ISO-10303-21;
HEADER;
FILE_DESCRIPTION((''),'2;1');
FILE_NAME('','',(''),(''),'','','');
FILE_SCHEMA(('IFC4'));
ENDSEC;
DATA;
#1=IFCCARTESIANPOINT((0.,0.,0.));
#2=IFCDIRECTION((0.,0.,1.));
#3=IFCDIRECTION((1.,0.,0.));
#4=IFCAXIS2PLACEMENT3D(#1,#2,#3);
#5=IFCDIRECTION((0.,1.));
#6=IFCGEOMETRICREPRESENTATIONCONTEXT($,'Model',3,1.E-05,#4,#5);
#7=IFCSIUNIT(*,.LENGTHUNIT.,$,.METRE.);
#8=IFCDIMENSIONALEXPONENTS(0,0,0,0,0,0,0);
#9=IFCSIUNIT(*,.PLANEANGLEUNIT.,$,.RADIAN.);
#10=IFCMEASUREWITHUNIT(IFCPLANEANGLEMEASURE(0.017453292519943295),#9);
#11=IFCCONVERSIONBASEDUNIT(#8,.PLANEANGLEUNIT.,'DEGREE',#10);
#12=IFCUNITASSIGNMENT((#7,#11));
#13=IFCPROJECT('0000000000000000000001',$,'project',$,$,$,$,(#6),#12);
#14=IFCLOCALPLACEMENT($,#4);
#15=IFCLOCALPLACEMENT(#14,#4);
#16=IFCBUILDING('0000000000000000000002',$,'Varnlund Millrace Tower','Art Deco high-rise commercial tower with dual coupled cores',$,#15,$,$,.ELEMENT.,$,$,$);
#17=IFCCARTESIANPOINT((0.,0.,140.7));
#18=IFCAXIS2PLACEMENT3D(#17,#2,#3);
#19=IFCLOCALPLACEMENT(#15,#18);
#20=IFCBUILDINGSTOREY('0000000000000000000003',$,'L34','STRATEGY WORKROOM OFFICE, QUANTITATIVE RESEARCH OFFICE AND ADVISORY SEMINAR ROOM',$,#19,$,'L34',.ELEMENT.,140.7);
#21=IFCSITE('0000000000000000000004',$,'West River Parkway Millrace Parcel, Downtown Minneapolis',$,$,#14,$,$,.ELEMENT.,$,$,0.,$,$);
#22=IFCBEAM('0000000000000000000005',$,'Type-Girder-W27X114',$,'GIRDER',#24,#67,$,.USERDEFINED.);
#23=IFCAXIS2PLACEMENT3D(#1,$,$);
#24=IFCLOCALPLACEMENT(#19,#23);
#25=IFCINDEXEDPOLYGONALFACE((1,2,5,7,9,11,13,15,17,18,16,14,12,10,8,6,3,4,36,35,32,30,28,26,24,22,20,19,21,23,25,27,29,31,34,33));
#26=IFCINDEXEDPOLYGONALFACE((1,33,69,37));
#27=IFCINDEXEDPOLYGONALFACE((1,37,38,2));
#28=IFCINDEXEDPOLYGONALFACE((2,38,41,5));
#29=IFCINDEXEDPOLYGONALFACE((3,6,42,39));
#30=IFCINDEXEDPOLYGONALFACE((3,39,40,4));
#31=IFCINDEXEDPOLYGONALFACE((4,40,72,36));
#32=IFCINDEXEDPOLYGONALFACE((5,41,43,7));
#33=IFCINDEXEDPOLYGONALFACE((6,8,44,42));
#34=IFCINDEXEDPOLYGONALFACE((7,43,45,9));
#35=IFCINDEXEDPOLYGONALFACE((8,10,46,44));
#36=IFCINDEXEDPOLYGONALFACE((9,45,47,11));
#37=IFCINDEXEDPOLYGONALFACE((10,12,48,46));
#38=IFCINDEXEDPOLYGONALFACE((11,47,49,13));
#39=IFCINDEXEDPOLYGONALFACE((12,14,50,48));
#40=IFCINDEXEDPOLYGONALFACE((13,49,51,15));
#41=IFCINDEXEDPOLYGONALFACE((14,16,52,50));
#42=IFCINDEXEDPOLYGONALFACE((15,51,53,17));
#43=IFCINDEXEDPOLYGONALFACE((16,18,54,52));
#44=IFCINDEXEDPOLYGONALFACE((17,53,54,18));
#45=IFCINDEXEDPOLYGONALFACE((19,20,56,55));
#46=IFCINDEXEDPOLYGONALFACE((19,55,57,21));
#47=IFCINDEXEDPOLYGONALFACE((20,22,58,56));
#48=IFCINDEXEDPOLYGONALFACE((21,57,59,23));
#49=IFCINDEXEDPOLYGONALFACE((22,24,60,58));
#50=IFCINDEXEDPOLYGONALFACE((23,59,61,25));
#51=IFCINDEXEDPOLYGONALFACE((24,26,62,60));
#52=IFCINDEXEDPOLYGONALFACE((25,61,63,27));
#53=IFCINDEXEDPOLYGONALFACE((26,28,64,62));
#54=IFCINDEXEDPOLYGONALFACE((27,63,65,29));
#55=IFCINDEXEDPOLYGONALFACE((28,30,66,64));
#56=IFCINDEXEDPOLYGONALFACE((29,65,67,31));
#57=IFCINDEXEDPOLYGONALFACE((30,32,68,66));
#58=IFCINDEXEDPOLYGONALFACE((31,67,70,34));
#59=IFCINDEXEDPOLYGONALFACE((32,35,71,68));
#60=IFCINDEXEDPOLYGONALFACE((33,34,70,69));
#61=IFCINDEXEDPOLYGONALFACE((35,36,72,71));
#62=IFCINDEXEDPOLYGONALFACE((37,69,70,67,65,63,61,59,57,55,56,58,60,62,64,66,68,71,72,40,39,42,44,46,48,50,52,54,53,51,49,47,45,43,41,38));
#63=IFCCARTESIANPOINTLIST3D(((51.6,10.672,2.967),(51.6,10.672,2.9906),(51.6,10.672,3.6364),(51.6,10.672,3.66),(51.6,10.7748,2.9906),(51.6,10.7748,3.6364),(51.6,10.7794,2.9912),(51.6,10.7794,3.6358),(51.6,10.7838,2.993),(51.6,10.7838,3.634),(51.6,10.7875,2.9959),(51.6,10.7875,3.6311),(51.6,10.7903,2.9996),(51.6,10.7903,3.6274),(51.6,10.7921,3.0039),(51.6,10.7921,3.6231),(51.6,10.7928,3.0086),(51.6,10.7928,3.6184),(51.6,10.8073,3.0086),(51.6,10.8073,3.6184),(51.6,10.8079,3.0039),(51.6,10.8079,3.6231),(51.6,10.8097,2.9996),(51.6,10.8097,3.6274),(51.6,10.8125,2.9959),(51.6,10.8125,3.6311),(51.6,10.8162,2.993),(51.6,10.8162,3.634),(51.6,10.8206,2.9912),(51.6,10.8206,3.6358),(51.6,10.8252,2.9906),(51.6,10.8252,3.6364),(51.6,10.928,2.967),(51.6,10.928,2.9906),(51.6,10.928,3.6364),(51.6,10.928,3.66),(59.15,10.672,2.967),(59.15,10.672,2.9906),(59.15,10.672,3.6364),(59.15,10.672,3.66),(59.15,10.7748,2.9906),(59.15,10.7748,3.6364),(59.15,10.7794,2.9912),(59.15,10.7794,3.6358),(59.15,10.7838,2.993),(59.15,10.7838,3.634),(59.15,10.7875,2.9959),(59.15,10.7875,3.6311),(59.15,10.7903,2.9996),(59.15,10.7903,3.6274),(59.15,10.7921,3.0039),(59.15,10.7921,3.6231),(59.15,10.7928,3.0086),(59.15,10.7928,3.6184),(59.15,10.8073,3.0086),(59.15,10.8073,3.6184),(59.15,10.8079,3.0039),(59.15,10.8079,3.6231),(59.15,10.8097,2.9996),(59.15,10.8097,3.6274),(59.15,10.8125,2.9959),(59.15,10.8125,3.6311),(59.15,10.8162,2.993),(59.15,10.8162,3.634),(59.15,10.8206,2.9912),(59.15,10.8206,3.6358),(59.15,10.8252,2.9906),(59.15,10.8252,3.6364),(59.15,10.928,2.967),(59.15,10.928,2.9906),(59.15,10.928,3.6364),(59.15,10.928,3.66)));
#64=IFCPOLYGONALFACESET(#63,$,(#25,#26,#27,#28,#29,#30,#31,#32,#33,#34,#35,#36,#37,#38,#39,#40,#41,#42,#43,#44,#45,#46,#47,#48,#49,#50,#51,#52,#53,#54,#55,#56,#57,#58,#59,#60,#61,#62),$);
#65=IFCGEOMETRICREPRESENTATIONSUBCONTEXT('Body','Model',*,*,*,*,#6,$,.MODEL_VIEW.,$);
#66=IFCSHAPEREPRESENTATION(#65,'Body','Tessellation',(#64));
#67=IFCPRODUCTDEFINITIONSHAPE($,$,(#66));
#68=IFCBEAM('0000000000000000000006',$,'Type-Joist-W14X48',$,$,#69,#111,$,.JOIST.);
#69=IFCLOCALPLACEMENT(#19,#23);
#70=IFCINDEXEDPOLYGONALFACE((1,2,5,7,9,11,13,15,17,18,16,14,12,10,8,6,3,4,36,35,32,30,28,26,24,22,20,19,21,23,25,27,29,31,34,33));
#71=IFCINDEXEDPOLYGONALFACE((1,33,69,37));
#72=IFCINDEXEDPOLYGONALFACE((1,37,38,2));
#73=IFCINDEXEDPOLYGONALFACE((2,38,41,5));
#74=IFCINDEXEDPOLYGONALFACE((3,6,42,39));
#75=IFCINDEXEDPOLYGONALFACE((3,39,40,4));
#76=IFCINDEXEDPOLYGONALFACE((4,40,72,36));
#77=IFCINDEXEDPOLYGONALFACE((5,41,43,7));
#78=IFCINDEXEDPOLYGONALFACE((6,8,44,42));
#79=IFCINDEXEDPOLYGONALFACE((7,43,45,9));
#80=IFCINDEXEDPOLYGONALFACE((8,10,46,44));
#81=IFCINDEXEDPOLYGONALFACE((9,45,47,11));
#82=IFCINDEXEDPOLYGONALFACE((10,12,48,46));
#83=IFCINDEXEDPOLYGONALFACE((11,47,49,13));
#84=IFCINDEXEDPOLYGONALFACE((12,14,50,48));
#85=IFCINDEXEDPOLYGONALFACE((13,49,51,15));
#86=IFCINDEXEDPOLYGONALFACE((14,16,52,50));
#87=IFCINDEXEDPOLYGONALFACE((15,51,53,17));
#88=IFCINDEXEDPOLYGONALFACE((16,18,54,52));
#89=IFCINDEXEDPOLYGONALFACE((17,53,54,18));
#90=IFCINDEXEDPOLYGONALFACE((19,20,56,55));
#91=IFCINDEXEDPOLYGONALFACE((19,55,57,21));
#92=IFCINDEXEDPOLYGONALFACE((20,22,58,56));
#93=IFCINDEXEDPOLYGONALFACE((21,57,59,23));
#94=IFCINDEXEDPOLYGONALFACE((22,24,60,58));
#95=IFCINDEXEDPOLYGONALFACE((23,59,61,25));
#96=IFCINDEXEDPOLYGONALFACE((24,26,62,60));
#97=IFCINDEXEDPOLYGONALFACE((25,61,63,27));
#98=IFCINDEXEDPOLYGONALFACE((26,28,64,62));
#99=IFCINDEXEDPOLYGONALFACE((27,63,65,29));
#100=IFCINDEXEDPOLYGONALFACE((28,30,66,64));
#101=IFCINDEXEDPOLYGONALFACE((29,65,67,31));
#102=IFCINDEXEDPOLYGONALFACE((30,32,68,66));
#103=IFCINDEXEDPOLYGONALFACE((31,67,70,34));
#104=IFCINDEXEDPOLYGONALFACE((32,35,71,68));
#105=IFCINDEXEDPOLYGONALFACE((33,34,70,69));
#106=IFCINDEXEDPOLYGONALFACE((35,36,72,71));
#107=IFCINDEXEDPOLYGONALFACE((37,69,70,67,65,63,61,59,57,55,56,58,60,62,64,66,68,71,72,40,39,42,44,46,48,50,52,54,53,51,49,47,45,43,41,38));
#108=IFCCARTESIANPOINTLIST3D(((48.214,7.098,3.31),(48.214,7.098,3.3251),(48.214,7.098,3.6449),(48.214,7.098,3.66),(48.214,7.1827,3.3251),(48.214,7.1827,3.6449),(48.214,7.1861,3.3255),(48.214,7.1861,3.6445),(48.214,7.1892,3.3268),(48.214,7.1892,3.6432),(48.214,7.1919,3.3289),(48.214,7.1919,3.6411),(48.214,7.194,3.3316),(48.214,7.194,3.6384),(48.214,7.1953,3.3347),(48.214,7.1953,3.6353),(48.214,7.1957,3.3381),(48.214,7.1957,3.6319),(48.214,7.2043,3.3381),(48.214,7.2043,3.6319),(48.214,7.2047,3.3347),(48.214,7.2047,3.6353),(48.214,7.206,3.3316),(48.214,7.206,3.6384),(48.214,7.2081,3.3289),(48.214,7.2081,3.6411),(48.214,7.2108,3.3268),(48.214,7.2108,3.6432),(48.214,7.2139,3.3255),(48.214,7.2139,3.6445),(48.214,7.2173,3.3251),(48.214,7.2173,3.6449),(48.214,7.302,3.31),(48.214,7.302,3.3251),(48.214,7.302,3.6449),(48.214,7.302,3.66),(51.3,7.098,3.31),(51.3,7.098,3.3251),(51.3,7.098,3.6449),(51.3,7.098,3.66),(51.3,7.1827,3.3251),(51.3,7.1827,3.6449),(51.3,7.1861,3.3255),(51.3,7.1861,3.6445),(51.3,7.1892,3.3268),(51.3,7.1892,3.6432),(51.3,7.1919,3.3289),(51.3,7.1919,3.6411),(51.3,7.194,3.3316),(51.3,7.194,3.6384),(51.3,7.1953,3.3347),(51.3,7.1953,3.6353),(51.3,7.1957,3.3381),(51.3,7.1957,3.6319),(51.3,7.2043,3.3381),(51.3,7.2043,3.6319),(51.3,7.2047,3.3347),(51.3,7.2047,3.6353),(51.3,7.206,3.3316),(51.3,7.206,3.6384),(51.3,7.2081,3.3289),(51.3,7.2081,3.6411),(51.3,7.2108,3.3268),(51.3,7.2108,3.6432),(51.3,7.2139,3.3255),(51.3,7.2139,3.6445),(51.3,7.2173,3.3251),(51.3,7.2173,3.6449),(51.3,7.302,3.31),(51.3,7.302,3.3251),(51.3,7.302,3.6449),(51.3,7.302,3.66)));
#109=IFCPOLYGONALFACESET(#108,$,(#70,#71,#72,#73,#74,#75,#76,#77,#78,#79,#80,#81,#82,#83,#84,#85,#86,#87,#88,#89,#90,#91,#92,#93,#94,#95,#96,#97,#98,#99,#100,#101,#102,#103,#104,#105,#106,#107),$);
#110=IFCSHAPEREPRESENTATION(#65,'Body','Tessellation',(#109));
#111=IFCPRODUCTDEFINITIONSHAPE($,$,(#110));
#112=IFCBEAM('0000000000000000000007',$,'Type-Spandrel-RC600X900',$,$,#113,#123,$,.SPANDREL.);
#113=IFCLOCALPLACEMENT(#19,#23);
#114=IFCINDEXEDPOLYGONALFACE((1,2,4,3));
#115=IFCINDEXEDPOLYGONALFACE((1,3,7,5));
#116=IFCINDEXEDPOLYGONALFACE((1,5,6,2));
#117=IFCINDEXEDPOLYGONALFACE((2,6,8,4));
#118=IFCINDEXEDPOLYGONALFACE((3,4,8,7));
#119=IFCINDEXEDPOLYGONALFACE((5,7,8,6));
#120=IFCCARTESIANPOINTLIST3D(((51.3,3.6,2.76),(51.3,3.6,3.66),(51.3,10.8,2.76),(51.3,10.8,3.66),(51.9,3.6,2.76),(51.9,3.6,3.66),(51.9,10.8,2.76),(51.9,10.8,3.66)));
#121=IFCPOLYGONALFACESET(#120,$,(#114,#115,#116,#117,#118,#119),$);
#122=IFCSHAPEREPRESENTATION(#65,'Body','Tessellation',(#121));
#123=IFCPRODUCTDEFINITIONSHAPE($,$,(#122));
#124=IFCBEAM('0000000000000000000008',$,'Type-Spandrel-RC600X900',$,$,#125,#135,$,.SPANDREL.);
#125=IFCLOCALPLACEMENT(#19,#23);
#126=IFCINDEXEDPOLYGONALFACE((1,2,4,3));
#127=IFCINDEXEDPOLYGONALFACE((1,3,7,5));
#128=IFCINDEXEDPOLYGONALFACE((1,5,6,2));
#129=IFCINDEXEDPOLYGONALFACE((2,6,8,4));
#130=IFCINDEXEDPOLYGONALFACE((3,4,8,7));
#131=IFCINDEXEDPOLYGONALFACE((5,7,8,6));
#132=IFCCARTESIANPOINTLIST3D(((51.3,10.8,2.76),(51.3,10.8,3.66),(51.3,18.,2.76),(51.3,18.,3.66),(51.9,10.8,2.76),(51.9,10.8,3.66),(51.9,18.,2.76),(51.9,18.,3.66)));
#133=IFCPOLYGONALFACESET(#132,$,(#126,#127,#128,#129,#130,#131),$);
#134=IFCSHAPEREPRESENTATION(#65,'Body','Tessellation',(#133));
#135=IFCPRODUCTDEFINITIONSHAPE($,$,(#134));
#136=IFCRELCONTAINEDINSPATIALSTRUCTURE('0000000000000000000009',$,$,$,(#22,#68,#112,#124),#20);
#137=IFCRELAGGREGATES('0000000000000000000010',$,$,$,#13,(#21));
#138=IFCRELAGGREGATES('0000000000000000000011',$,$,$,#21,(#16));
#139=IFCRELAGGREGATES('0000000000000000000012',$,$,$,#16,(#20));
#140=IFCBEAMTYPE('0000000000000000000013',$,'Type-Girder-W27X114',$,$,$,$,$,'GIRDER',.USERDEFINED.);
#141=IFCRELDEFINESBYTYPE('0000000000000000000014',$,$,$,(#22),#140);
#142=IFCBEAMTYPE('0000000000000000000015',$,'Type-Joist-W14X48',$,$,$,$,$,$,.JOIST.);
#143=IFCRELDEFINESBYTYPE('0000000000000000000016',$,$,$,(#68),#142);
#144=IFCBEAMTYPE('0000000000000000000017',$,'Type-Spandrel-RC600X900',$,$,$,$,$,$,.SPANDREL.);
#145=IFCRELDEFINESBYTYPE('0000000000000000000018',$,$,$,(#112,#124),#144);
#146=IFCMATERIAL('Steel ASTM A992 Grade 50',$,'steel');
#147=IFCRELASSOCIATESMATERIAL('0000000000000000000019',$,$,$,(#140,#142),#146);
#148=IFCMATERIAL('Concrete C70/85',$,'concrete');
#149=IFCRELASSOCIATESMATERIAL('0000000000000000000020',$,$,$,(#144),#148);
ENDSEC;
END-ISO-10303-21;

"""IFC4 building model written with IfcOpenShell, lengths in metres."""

from ifc_helpers import new_model, entity, si_unit, converted_unit, direction, frame, origin_with_axes, origin_2d_with_axis, place, context, subcontext, project, spatial, rectangle, i_section, extrude, material, material_profile, profile_set, type_object, element, save


model = new_model("IFC4")

# Units and contexts
model_context = context("Model", 3, precision=1e-05, world=origin_with_axes(), true_north=direction((0.0, 1.0)))
body_context = subcontext(model_context, "Body", "Model", "MODEL_VIEW")
ifc_project = project(units=[si_unit("LENGTHUNIT", "METRE"), converted_unit("PLANEANGLEUNIT", "DEGREE", entity("IfcPlaneAngleMeasure", 0.017453292519943295), si_unit("PLANEANGLEUNIT", "RADIAN"), dimensions=[0, 0, 0, 0, 0, 0, 0])], contexts=[model_context])

# Site, building, storey
site_placement = place(None, origin_with_axes())
site = spatial("IfcSite", under=ifc_project, at=site_placement, Name="West River Parkway Millrace Parcel, Downtown Minneapolis", CompositionType="ELEMENT", RefElevation=0.0)
building_placement = place(site_placement, origin_with_axes())
building = spatial("IfcBuilding", under=site, at=building_placement, Name="Varnlund Millrace Tower", Description="Art Deco high-rise commercial tower with dual coupled cores", CompositionType="ELEMENT")
storey_placement = place(building_placement, frame((0.0, 0.0, 140.7), z_axis=(0.0, 0.0, 1.0), x_axis=(1.0, 0.0, 0.0)))
storey = spatial("IfcBuildingStorey", under=building, at=storey_placement, Name="L34", Description="STRATEGY WORKROOM OFFICE, QUANTITATIVE RESEARCH OFFICE AND ADVISORY SEMINAR ROOM", LongName="L34", CompositionType="ELEMENT", Elevation=140.7)

# Beams
ifc_material_1 = material(Name="Steel ASTM A992 Grade 50", Category="steel")
ifc_material_profile_1 = material_profile(ifc_material_1, i_section(OverallWidth=0.256, OverallDepth=0.693, WebThickness=0.0145, FlangeThickness=0.0236, FilletRadius=0.018, at=origin_2d_with_axis()), Name="Steel ASTM A992 Grade 50")
ifc_profile_set_1 = profile_set([ifc_material_profile_1], Name="Steel ASTM A992 Grade 50")
beam_type_1 = type_object("IfcBeamType", Name="Type-Girder-W27X114", ElementType="GIRDER", PredefinedType="USERDEFINED", material=ifc_profile_set_1)
beam_1_placement = place(storey_placement, frame((51.6, 10.8, 3.3135), z_axis=(1.0, 0.0, 0.0), x_axis=(0.0, 1.0, 0.0)))
element("IfcBeam", 1, at=beam_1_placement, inside=storey, type_object=beam_type_1, Name="Type-Girder-W27X114", ObjectType="GIRDER", PredefinedType="USERDEFINED", context=body_context, shape_type="SweptSolid", body=[
    extrude(i_section(OverallWidth=0.256, OverallDepth=0.693, WebThickness=0.0145, FlangeThickness=0.0236, FilletRadius=0.018, at=origin_2d_with_axis()), origin_with_axes(), (0.0, 0.0, 1.0), 7.55),
])
ifc_material_profile_2 = material_profile(ifc_material_1, i_section(OverallWidth=0.204, OverallDepth=0.35, WebThickness=0.0086, FlangeThickness=0.0151, FilletRadius=0.013, at=origin_2d_with_axis()), Name="Steel ASTM A992 Grade 50")
ifc_profile_set_2 = profile_set([ifc_material_profile_2], Name="Steel ASTM A992 Grade 50")
beam_type_2 = type_object("IfcBeamType", Name="Type-Joist-W14X48", PredefinedType="JOIST", material=ifc_profile_set_2)
beam_2_placement = place(storey_placement, frame((48.214, 7.2, 3.485), z_axis=(1.0, 0.0, 0.0), x_axis=(0.0, 1.0, 0.0)))
element("IfcBeam", 2, at=beam_2_placement, inside=storey, type_object=beam_type_2, Name="Type-Joist-W14X48", PredefinedType="JOIST", context=body_context, shape_type="SweptSolid", body=[
    extrude(i_section(OverallWidth=0.204, OverallDepth=0.35, WebThickness=0.0086, FlangeThickness=0.0151, FilletRadius=0.013, at=origin_2d_with_axis()), origin_with_axes(), (0.0, 0.0, 1.0), 3.086),
])
ifc_material_2 = material(Name="Concrete C70/85", Category="concrete")
ifc_material_profile_3 = material_profile(ifc_material_2, rectangle(XDim=0.6, YDim=0.9, at=origin_2d_with_axis()), Name="Concrete C70/85")
ifc_profile_set_3 = profile_set([ifc_material_profile_3], Name="Concrete C70/85")
beam_type_3 = type_object("IfcBeamType", Name="Type-Spandrel-RC600X900", PredefinedType="SPANDREL", material=ifc_profile_set_3)
for number, where, z_axis, x_axis, name in (
    (3, (51.6, 3.6, 3.21), (0.0, 1.0, 0.0), (-1.0, 0.0, 0.0), "Type-Spandrel-RC600X900"),
    (4, (51.6, 10.8, 3.21), (0.0, 1.0, 0.0), (-1.0, 0.0, 0.0), "Type-Spandrel-RC600X900"),
):
    element("IfcBeam", number, at=place(storey_placement, frame(where, z_axis=z_axis, x_axis=x_axis)), inside=storey, type_object=beam_type_3, Name=name, PredefinedType="SPANDREL", context=body_context, shape_type="SweptSolid", body=[
        extrude(rectangle(XDim=0.6, YDim=0.9, at=origin_2d_with_axis()), origin_with_axes(), (0.0, 0.0, 1.0), 7.2),
    ])

save(model, "model.ifc")
